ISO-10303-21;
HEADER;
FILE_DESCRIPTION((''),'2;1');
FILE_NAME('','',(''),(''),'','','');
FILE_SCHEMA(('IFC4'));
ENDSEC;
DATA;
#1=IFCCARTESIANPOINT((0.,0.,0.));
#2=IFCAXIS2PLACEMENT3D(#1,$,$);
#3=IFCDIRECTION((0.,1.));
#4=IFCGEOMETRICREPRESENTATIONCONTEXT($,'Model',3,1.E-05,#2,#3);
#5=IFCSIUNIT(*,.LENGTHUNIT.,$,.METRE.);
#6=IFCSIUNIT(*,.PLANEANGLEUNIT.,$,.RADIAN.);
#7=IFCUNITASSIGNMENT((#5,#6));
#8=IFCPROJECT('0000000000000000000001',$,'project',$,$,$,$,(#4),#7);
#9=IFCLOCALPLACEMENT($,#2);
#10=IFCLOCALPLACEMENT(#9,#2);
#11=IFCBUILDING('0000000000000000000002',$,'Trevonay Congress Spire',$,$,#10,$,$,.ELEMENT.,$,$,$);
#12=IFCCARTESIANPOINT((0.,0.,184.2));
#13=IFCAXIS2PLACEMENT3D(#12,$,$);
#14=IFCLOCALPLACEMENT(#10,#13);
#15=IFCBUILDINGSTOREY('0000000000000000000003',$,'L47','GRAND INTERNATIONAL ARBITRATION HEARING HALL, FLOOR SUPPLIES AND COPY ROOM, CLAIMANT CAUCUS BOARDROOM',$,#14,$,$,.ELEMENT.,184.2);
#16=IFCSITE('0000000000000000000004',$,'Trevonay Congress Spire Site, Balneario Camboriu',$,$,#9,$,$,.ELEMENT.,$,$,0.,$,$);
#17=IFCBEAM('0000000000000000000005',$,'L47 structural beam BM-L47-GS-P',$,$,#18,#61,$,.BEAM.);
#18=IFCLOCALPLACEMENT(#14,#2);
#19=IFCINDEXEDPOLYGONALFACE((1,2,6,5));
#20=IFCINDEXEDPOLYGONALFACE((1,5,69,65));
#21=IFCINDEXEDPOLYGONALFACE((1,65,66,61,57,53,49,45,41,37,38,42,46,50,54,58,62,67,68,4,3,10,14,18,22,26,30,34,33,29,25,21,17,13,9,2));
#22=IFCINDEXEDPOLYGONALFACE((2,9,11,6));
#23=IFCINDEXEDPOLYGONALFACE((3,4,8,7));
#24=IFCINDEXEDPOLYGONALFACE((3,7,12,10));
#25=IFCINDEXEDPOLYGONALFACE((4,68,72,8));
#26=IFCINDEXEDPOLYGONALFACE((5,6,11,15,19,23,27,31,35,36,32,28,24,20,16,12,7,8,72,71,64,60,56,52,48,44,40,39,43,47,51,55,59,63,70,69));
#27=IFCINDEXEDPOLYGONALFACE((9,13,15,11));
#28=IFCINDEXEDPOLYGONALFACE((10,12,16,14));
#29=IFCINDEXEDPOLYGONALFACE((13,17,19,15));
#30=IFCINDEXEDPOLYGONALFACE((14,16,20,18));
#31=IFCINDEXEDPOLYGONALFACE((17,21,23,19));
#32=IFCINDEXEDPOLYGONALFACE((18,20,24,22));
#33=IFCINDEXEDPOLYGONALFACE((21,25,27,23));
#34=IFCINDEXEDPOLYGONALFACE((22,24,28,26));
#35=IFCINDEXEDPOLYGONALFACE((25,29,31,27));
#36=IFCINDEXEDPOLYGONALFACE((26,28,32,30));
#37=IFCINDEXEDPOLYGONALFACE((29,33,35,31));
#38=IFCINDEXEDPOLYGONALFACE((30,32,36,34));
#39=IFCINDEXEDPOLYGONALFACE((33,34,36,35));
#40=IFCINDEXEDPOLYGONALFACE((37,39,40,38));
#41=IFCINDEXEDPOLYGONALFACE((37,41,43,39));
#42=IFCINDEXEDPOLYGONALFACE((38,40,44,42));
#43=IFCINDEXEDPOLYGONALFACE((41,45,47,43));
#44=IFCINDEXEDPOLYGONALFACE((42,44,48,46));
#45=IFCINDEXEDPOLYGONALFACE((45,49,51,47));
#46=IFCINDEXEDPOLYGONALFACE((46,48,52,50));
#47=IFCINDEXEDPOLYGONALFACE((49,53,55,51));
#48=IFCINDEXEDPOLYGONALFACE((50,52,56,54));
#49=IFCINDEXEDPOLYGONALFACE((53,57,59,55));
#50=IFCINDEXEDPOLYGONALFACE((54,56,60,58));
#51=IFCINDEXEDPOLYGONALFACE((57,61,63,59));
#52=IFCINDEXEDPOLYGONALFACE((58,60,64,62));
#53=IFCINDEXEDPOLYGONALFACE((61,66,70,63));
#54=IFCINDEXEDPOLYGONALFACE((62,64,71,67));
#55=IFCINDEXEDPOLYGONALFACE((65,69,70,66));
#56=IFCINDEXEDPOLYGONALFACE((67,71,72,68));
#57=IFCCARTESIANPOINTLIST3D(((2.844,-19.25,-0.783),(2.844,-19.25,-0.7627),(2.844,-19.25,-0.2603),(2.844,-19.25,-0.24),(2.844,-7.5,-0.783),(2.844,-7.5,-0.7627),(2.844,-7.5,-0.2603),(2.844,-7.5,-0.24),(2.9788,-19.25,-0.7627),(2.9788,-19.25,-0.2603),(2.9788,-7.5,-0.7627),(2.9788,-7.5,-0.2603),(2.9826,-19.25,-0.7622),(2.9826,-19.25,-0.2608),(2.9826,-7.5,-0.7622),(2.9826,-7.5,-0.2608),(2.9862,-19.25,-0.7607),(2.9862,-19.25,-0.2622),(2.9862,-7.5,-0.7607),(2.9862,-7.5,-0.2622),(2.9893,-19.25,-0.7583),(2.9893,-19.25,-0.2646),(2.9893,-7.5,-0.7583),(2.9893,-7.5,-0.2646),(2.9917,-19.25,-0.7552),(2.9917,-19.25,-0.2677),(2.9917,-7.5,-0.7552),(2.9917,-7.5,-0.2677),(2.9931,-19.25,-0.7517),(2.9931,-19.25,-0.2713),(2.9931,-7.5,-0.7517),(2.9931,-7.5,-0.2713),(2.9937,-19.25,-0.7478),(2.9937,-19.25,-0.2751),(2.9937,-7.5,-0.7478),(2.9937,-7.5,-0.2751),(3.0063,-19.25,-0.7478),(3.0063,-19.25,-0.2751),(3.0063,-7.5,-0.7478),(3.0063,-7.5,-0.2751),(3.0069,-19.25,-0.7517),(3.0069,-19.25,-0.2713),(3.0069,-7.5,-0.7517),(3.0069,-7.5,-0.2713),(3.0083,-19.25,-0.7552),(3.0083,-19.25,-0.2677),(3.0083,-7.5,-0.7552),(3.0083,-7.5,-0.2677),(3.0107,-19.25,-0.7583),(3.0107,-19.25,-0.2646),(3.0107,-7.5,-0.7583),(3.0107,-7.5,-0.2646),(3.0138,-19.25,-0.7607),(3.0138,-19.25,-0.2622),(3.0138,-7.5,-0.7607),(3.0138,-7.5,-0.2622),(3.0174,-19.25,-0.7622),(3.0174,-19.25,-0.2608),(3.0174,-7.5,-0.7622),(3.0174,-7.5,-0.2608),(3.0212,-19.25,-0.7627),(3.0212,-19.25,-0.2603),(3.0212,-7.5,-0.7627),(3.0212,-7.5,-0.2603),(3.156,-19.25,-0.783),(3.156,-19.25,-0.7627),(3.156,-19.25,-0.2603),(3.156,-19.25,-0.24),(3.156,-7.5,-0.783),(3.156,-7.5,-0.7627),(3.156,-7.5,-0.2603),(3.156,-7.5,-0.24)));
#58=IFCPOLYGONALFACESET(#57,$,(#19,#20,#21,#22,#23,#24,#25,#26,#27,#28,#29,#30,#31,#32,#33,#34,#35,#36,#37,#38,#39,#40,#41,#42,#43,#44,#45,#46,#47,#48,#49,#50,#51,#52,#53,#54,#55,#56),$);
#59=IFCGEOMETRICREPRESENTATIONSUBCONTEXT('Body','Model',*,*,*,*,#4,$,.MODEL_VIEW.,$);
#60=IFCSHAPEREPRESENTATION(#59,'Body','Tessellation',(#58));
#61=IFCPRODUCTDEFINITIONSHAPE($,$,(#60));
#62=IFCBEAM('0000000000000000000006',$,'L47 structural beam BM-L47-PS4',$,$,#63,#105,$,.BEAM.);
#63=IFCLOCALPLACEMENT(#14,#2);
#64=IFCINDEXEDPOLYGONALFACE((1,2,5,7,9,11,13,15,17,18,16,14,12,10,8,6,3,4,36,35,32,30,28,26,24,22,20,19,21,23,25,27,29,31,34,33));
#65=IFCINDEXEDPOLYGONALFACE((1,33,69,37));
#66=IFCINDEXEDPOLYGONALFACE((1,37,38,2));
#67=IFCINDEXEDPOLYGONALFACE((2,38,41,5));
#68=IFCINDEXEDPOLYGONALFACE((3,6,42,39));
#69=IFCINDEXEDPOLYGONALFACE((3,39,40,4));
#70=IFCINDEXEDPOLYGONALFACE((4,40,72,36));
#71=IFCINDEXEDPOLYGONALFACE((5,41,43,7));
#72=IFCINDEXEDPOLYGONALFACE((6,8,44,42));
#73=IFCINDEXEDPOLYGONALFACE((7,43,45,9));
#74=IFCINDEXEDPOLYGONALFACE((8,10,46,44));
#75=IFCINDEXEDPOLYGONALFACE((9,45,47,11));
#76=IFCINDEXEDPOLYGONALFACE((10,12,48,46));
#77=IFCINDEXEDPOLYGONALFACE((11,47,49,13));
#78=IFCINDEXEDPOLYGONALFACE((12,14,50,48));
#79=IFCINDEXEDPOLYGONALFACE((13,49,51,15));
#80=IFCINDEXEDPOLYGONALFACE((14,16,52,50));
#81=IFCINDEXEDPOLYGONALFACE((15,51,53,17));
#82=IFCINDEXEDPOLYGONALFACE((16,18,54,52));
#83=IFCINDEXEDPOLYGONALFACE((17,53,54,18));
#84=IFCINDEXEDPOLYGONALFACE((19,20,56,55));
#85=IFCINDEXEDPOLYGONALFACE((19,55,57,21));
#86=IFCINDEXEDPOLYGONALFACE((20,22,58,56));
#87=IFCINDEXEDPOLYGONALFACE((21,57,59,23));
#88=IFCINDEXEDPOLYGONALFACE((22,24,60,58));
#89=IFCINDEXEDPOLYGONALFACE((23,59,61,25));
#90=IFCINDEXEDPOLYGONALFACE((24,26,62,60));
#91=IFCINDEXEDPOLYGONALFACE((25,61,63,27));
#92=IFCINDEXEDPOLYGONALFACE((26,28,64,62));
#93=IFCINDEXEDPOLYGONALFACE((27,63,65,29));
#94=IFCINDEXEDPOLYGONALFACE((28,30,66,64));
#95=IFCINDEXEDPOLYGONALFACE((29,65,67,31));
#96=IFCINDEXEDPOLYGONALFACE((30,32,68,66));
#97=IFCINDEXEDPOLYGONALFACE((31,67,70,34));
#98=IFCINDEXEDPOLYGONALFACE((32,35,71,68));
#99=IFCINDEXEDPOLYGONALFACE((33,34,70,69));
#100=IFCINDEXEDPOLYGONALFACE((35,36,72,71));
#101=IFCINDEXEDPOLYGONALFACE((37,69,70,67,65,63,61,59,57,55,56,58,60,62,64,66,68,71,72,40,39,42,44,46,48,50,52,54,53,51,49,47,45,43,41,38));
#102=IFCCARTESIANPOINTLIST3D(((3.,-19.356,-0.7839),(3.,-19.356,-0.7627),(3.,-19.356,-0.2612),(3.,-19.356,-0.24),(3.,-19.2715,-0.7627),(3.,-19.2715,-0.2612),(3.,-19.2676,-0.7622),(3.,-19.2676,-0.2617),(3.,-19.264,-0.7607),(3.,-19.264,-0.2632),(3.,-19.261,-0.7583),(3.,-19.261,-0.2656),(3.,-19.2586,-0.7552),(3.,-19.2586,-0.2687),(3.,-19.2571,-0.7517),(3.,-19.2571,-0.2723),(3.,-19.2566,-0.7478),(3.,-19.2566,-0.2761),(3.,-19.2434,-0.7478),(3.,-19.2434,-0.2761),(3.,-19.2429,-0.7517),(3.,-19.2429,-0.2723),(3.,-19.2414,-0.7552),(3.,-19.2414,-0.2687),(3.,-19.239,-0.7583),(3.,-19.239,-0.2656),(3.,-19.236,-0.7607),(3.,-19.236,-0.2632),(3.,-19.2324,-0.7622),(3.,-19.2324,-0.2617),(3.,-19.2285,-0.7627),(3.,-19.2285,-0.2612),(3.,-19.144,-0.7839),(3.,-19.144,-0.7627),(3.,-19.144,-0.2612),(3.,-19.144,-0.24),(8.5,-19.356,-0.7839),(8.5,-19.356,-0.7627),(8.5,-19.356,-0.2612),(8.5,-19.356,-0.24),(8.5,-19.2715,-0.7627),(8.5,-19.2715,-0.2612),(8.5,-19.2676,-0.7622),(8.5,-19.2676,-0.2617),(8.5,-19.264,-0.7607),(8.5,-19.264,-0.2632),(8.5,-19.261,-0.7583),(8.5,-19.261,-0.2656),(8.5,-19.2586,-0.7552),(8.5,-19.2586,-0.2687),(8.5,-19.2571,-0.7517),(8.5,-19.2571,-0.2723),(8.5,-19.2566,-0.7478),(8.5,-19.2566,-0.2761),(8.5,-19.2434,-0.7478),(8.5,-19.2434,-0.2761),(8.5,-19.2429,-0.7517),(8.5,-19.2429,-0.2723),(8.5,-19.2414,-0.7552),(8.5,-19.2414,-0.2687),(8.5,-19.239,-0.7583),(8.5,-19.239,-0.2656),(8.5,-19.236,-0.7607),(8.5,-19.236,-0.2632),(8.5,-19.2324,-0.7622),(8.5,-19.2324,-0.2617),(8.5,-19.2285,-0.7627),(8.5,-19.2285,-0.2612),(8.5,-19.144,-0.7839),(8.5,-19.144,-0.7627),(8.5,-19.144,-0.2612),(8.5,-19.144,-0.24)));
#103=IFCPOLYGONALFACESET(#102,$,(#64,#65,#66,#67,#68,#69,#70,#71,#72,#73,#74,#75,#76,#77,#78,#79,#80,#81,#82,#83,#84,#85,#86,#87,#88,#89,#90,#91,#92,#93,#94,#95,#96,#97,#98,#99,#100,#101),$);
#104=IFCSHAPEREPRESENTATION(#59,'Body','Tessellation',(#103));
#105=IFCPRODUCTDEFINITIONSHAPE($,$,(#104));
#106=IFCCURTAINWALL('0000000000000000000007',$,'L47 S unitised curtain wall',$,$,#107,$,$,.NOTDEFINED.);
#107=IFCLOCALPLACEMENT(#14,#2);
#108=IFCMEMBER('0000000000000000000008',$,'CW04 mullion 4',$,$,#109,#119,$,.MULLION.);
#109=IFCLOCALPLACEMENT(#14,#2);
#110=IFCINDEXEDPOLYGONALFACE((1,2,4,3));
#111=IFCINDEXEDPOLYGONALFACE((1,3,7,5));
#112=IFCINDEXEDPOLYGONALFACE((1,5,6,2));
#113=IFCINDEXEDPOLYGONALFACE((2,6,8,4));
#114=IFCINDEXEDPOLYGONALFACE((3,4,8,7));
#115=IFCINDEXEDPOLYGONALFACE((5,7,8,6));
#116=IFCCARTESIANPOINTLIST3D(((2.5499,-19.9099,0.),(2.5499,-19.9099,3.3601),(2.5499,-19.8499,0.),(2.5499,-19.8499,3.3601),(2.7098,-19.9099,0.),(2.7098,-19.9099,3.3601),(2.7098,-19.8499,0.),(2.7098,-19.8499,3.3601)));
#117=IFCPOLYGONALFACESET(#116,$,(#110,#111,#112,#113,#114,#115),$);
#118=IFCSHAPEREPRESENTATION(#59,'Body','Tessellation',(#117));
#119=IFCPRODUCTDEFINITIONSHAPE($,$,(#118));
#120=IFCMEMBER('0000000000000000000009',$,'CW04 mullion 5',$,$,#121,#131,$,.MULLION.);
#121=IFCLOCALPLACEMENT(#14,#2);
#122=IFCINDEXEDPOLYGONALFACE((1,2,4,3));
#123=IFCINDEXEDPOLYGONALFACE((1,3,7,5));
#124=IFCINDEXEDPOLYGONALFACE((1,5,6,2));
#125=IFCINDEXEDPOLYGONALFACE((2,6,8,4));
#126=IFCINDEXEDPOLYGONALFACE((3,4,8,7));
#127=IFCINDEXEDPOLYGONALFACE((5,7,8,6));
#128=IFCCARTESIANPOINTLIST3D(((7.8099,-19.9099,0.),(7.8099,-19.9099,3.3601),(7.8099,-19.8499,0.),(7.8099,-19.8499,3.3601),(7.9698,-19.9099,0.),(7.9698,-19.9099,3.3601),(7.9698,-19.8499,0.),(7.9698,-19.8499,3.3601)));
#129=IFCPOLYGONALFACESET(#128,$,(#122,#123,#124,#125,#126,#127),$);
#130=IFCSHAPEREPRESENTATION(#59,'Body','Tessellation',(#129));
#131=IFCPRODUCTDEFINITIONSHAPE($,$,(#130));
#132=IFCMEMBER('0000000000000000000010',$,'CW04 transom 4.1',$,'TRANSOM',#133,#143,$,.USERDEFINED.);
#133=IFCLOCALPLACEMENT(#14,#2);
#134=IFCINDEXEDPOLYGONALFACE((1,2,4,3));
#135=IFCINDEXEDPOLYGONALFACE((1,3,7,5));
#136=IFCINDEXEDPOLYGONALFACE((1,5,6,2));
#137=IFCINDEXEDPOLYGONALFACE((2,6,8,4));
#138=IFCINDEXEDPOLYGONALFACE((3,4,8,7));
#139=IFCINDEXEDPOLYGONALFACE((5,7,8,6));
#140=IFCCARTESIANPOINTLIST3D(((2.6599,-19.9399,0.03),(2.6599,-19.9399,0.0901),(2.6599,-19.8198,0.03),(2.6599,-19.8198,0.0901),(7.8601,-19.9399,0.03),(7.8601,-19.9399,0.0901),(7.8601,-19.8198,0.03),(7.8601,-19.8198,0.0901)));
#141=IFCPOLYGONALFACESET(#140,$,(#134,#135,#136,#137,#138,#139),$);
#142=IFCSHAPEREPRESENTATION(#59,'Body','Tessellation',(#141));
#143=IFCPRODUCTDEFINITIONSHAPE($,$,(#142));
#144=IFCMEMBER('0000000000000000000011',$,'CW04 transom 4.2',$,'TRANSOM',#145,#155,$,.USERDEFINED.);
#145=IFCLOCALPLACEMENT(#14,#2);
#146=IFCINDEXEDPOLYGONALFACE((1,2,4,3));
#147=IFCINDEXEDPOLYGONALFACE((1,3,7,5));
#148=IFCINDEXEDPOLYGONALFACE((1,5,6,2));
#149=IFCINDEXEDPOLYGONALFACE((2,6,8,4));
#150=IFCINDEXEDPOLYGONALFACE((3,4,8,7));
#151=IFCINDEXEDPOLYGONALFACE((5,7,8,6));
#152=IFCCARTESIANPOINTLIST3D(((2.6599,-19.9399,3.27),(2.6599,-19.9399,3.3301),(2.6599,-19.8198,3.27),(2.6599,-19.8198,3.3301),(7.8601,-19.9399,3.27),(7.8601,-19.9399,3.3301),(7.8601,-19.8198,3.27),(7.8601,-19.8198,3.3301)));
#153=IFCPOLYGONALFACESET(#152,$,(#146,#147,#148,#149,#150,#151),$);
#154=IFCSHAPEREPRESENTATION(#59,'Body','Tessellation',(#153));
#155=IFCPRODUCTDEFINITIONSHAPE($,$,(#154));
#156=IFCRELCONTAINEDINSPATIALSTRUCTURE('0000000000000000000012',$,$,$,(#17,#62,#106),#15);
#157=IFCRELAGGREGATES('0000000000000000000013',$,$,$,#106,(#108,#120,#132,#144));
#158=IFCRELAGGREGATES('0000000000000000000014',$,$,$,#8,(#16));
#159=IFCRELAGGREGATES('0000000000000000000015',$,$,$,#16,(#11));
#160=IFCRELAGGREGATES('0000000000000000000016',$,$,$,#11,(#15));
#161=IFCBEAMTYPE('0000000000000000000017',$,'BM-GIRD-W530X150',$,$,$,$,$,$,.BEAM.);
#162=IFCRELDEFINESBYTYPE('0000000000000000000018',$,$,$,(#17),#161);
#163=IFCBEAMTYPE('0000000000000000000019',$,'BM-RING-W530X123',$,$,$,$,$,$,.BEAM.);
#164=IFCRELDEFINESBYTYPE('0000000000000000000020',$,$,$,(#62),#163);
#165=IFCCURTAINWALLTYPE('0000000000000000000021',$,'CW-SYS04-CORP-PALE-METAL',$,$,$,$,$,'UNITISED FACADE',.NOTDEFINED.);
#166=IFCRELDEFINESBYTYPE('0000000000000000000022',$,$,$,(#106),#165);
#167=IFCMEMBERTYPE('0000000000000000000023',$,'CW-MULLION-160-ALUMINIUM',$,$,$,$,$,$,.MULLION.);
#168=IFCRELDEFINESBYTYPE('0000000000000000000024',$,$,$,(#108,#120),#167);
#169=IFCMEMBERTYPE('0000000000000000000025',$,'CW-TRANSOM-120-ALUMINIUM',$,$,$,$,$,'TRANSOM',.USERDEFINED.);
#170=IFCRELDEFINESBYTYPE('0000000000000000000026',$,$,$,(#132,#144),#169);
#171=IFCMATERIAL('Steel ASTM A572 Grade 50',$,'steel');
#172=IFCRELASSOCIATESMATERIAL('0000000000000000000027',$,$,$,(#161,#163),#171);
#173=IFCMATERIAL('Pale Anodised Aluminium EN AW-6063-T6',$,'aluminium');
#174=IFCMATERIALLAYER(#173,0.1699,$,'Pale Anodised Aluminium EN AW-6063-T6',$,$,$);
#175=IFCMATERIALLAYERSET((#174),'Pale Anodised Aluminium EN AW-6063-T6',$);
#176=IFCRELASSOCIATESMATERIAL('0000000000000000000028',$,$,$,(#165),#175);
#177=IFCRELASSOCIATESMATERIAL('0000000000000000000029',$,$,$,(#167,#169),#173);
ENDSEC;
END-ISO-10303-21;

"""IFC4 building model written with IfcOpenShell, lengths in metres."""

from ifc_helpers import new_model, si_unit, direction, frame, origin, origin_2d, place, context, subcontext, project, spatial, rectangle, i_section, extrude, material, layer, layer_set, material_profile, profile_set, type_object, element, aggregate, save


model = new_model("IFC4")

# Units and contexts
model_context = context("Model", 3, precision=1e-05, world=origin(), true_north=direction((0.0, 1.0)))
body_context = subcontext(model_context, "Body", "Model", "MODEL_VIEW")
ifc_project = project(units=[si_unit("LENGTHUNIT", "METRE"), si_unit("PLANEANGLEUNIT", "RADIAN")], contexts=[model_context])

# Site, building, storey
site_placement = place(None, origin())
site = spatial("IfcSite", under=ifc_project, at=site_placement, Name="Trevonay Congress Spire Site, Balneario Camboriu", CompositionType="ELEMENT", RefElevation=0.0)
building_placement = place(site_placement, origin())
building = spatial("IfcBuilding", under=site, at=building_placement, Name="Trevonay Congress Spire", CompositionType="ELEMENT")
storey_placement = place(building_placement, frame((0.0, 0.0, 184.2)))
storey = spatial("IfcBuildingStorey", under=building, at=storey_placement, Name="L47", Description="GRAND INTERNATIONAL ARBITRATION HEARING HALL, FLOOR SUPPLIES AND COPY ROOM, CLAIMANT CAUCUS BOARDROOM", CompositionType="ELEMENT", Elevation=184.2)

# Shared definitions
ifc_material_1 = material(Name="Steel ASTM A572 Grade 50", Category="steel")

# Beams
ifc_material_profile_1 = material_profile(ifc_material_1, i_section(OverallWidth=0.312, OverallDepth=0.543, WebThickness=0.0127, FlangeThickness=0.0203, FilletRadius=0.0149, at=origin_2d()), Name="W530x150")
ifc_profile_set_1 = profile_set([ifc_material_profile_1], Name="Steel ASTM A572 Grade 50")
beam_type_1 = type_object("IfcBeamType", Name="BM-GIRD-W530X150", PredefinedType="BEAM", material=ifc_profile_set_1)
beam_1_placement = place(storey_placement, frame((3.0, -7.5, -0.5115), z_axis=(0.0, -1.0, 0.0), x_axis=(1.0, 0.0, 0.0)))
element("IfcBeam", 1, at=beam_1_placement, inside=storey, type_object=beam_type_1, Name="L47 structural beam BM-L47-GS-P", PredefinedType="BEAM", context=body_context, shape_type="SweptSolid", body=[
    extrude(i_section(OverallWidth=0.312, OverallDepth=0.543, WebThickness=0.0127, FlangeThickness=0.0203, FilletRadius=0.0149, at=origin_2d()), origin(), (0.0, 0.0, 1.0), 11.75),
])
ifc_material_profile_2 = material_profile(ifc_material_1, i_section(OverallWidth=0.2119, OverallDepth=0.5439, WebThickness=0.0132, FlangeThickness=0.0212, FilletRadius=0.0149, at=origin_2d()), Name="W530x123")
ifc_profile_set_2 = profile_set([ifc_material_profile_2], Name="Steel ASTM A572 Grade 50")
beam_type_2 = type_object("IfcBeamType", Name="BM-RING-W530X123", PredefinedType="BEAM", material=ifc_profile_set_2)
beam_2_placement = place(storey_placement, frame((3.0, -19.25, -0.512), z_axis=(1.0, 0.0, 0.0), x_axis=(0.0, 1.0, 0.0)))
element("IfcBeam", 2, at=beam_2_placement, inside=storey, type_object=beam_type_2, Name="L47 structural beam BM-L47-PS4", PredefinedType="BEAM", context=body_context, shape_type="SweptSolid", body=[
    extrude(i_section(OverallWidth=0.2119, OverallDepth=0.5439, WebThickness=0.0132, FlangeThickness=0.0212, FilletRadius=0.0149, at=origin_2d()), origin(), (0.0, 0.0, 1.0), 5.5),
])

# Curtain wall, members
ifc_material_2 = material(Name="Pale Anodised Aluminium EN AW-6063-T6", Category="aluminium")
ifc_layer_1 = layer(ifc_material_2, 0.1699, Name="Pale Anodised Aluminium EN AW-6063-T6")
ifc_layer_set_1 = layer_set([ifc_layer_1], Name="Pale Anodised Aluminium EN AW-6063-T6")
curtain_wall_type = type_object("IfcCurtainWallType", Name="CW-SYS04-CORP-PALE-METAL", ElementType="UNITISED FACADE", PredefinedType="NOTDEFINED", material=ifc_layer_set_1)
curtain_wall_placement = place(storey_placement, origin())
curtain_wall = element("IfcCurtainWall", 3, at=curtain_wall_placement, inside=storey, type_object=curtain_wall_type, Name="L47 S unitised curtain wall", PredefinedType="NOTDEFINED")
ifc_material_profile_3 = material_profile(ifc_material_2, rectangle(XDim=0.0601, YDim=0.1599, at=origin_2d()), Name="CW-MULLION-160-ALUMINIUM")
ifc_profile_set_3 = profile_set([ifc_material_profile_3], Name="Pale Anodised Aluminium EN AW-6063-T6")
member_type_1 = type_object("IfcMemberType", Name="CW-MULLION-160-ALUMINIUM", PredefinedType="MULLION", material=ifc_profile_set_3)
member_1_placement = place(storey_placement, frame((2.6299, -19.8799, 0.0), z_axis=(0.0, 0.0, 1.0), x_axis=(0.0, 1.0, 0.0)))
member_1 = element("IfcMember", 4, at=member_1_placement, type_object=member_type_1, Name="CW04 mullion 4", PredefinedType="MULLION", context=body_context, shape_type="SweptSolid", body=[
    extrude(rectangle(XDim=0.0601, YDim=0.1599, at=origin_2d()), origin(), (0.0, 0.0, 1.0), 3.3601),
])
member_2_placement = place(storey_placement, frame((7.8899, -19.8799, 0.0), z_axis=(0.0, 0.0, 1.0), x_axis=(0.0, 1.0, 0.0)))
member_2 = element("IfcMember", 5, at=member_2_placement, type_object=member_type_1, Name="CW04 mullion 5", PredefinedType="MULLION", context=body_context, shape_type="SweptSolid", body=[
    extrude(rectangle(XDim=0.0601, YDim=0.1599, at=origin_2d()), origin(), (0.0, 0.0, 1.0), 3.3601),
])
ifc_material_profile_4 = material_profile(ifc_material_2, rectangle(XDim=0.1201, YDim=0.0601, at=origin_2d()), Name="CW-TRANSOM-120-ALUMINIUM")
ifc_profile_set_4 = profile_set([ifc_material_profile_4], Name="Pale Anodised Aluminium EN AW-6063-T6")
member_type_2 = type_object("IfcMemberType", Name="CW-TRANSOM-120-ALUMINIUM", ElementType="TRANSOM", PredefinedType="USERDEFINED", material=ifc_profile_set_4)
member_3_placement = place(storey_placement, frame((2.6599, -19.8799, 0.0601), z_axis=(1.0, 0.0, 0.0), x_axis=(0.0, 1.0, 0.0)))
member_3 = element("IfcMember", 6, at=member_3_placement, type_object=member_type_2, Name="CW04 transom 4.1", ObjectType="TRANSOM", PredefinedType="USERDEFINED", context=body_context, shape_type="SweptSolid", body=[
    extrude(rectangle(XDim=0.1201, YDim=0.0601, at=origin_2d()), origin(), (0.0, 0.0, 1.0), 5.2002),
])
member_4_placement = place(storey_placement, frame((2.6599, -19.8799, 3.3), z_axis=(1.0, 0.0, 0.0), x_axis=(0.0, 1.0, 0.0)))
member_4 = element("IfcMember", 7, at=member_4_placement, type_object=member_type_2, Name="CW04 transom 4.2", ObjectType="TRANSOM", PredefinedType="USERDEFINED", context=body_context, shape_type="SweptSolid", body=[
    extrude(rectangle(XDim=0.1201, YDim=0.0601, at=origin_2d()), origin(), (0.0, 0.0, 1.0), 5.2002),
])

aggregate(curtain_wall, [member_1, member_2, member_3, member_4])

save(model, "model.ifc")
